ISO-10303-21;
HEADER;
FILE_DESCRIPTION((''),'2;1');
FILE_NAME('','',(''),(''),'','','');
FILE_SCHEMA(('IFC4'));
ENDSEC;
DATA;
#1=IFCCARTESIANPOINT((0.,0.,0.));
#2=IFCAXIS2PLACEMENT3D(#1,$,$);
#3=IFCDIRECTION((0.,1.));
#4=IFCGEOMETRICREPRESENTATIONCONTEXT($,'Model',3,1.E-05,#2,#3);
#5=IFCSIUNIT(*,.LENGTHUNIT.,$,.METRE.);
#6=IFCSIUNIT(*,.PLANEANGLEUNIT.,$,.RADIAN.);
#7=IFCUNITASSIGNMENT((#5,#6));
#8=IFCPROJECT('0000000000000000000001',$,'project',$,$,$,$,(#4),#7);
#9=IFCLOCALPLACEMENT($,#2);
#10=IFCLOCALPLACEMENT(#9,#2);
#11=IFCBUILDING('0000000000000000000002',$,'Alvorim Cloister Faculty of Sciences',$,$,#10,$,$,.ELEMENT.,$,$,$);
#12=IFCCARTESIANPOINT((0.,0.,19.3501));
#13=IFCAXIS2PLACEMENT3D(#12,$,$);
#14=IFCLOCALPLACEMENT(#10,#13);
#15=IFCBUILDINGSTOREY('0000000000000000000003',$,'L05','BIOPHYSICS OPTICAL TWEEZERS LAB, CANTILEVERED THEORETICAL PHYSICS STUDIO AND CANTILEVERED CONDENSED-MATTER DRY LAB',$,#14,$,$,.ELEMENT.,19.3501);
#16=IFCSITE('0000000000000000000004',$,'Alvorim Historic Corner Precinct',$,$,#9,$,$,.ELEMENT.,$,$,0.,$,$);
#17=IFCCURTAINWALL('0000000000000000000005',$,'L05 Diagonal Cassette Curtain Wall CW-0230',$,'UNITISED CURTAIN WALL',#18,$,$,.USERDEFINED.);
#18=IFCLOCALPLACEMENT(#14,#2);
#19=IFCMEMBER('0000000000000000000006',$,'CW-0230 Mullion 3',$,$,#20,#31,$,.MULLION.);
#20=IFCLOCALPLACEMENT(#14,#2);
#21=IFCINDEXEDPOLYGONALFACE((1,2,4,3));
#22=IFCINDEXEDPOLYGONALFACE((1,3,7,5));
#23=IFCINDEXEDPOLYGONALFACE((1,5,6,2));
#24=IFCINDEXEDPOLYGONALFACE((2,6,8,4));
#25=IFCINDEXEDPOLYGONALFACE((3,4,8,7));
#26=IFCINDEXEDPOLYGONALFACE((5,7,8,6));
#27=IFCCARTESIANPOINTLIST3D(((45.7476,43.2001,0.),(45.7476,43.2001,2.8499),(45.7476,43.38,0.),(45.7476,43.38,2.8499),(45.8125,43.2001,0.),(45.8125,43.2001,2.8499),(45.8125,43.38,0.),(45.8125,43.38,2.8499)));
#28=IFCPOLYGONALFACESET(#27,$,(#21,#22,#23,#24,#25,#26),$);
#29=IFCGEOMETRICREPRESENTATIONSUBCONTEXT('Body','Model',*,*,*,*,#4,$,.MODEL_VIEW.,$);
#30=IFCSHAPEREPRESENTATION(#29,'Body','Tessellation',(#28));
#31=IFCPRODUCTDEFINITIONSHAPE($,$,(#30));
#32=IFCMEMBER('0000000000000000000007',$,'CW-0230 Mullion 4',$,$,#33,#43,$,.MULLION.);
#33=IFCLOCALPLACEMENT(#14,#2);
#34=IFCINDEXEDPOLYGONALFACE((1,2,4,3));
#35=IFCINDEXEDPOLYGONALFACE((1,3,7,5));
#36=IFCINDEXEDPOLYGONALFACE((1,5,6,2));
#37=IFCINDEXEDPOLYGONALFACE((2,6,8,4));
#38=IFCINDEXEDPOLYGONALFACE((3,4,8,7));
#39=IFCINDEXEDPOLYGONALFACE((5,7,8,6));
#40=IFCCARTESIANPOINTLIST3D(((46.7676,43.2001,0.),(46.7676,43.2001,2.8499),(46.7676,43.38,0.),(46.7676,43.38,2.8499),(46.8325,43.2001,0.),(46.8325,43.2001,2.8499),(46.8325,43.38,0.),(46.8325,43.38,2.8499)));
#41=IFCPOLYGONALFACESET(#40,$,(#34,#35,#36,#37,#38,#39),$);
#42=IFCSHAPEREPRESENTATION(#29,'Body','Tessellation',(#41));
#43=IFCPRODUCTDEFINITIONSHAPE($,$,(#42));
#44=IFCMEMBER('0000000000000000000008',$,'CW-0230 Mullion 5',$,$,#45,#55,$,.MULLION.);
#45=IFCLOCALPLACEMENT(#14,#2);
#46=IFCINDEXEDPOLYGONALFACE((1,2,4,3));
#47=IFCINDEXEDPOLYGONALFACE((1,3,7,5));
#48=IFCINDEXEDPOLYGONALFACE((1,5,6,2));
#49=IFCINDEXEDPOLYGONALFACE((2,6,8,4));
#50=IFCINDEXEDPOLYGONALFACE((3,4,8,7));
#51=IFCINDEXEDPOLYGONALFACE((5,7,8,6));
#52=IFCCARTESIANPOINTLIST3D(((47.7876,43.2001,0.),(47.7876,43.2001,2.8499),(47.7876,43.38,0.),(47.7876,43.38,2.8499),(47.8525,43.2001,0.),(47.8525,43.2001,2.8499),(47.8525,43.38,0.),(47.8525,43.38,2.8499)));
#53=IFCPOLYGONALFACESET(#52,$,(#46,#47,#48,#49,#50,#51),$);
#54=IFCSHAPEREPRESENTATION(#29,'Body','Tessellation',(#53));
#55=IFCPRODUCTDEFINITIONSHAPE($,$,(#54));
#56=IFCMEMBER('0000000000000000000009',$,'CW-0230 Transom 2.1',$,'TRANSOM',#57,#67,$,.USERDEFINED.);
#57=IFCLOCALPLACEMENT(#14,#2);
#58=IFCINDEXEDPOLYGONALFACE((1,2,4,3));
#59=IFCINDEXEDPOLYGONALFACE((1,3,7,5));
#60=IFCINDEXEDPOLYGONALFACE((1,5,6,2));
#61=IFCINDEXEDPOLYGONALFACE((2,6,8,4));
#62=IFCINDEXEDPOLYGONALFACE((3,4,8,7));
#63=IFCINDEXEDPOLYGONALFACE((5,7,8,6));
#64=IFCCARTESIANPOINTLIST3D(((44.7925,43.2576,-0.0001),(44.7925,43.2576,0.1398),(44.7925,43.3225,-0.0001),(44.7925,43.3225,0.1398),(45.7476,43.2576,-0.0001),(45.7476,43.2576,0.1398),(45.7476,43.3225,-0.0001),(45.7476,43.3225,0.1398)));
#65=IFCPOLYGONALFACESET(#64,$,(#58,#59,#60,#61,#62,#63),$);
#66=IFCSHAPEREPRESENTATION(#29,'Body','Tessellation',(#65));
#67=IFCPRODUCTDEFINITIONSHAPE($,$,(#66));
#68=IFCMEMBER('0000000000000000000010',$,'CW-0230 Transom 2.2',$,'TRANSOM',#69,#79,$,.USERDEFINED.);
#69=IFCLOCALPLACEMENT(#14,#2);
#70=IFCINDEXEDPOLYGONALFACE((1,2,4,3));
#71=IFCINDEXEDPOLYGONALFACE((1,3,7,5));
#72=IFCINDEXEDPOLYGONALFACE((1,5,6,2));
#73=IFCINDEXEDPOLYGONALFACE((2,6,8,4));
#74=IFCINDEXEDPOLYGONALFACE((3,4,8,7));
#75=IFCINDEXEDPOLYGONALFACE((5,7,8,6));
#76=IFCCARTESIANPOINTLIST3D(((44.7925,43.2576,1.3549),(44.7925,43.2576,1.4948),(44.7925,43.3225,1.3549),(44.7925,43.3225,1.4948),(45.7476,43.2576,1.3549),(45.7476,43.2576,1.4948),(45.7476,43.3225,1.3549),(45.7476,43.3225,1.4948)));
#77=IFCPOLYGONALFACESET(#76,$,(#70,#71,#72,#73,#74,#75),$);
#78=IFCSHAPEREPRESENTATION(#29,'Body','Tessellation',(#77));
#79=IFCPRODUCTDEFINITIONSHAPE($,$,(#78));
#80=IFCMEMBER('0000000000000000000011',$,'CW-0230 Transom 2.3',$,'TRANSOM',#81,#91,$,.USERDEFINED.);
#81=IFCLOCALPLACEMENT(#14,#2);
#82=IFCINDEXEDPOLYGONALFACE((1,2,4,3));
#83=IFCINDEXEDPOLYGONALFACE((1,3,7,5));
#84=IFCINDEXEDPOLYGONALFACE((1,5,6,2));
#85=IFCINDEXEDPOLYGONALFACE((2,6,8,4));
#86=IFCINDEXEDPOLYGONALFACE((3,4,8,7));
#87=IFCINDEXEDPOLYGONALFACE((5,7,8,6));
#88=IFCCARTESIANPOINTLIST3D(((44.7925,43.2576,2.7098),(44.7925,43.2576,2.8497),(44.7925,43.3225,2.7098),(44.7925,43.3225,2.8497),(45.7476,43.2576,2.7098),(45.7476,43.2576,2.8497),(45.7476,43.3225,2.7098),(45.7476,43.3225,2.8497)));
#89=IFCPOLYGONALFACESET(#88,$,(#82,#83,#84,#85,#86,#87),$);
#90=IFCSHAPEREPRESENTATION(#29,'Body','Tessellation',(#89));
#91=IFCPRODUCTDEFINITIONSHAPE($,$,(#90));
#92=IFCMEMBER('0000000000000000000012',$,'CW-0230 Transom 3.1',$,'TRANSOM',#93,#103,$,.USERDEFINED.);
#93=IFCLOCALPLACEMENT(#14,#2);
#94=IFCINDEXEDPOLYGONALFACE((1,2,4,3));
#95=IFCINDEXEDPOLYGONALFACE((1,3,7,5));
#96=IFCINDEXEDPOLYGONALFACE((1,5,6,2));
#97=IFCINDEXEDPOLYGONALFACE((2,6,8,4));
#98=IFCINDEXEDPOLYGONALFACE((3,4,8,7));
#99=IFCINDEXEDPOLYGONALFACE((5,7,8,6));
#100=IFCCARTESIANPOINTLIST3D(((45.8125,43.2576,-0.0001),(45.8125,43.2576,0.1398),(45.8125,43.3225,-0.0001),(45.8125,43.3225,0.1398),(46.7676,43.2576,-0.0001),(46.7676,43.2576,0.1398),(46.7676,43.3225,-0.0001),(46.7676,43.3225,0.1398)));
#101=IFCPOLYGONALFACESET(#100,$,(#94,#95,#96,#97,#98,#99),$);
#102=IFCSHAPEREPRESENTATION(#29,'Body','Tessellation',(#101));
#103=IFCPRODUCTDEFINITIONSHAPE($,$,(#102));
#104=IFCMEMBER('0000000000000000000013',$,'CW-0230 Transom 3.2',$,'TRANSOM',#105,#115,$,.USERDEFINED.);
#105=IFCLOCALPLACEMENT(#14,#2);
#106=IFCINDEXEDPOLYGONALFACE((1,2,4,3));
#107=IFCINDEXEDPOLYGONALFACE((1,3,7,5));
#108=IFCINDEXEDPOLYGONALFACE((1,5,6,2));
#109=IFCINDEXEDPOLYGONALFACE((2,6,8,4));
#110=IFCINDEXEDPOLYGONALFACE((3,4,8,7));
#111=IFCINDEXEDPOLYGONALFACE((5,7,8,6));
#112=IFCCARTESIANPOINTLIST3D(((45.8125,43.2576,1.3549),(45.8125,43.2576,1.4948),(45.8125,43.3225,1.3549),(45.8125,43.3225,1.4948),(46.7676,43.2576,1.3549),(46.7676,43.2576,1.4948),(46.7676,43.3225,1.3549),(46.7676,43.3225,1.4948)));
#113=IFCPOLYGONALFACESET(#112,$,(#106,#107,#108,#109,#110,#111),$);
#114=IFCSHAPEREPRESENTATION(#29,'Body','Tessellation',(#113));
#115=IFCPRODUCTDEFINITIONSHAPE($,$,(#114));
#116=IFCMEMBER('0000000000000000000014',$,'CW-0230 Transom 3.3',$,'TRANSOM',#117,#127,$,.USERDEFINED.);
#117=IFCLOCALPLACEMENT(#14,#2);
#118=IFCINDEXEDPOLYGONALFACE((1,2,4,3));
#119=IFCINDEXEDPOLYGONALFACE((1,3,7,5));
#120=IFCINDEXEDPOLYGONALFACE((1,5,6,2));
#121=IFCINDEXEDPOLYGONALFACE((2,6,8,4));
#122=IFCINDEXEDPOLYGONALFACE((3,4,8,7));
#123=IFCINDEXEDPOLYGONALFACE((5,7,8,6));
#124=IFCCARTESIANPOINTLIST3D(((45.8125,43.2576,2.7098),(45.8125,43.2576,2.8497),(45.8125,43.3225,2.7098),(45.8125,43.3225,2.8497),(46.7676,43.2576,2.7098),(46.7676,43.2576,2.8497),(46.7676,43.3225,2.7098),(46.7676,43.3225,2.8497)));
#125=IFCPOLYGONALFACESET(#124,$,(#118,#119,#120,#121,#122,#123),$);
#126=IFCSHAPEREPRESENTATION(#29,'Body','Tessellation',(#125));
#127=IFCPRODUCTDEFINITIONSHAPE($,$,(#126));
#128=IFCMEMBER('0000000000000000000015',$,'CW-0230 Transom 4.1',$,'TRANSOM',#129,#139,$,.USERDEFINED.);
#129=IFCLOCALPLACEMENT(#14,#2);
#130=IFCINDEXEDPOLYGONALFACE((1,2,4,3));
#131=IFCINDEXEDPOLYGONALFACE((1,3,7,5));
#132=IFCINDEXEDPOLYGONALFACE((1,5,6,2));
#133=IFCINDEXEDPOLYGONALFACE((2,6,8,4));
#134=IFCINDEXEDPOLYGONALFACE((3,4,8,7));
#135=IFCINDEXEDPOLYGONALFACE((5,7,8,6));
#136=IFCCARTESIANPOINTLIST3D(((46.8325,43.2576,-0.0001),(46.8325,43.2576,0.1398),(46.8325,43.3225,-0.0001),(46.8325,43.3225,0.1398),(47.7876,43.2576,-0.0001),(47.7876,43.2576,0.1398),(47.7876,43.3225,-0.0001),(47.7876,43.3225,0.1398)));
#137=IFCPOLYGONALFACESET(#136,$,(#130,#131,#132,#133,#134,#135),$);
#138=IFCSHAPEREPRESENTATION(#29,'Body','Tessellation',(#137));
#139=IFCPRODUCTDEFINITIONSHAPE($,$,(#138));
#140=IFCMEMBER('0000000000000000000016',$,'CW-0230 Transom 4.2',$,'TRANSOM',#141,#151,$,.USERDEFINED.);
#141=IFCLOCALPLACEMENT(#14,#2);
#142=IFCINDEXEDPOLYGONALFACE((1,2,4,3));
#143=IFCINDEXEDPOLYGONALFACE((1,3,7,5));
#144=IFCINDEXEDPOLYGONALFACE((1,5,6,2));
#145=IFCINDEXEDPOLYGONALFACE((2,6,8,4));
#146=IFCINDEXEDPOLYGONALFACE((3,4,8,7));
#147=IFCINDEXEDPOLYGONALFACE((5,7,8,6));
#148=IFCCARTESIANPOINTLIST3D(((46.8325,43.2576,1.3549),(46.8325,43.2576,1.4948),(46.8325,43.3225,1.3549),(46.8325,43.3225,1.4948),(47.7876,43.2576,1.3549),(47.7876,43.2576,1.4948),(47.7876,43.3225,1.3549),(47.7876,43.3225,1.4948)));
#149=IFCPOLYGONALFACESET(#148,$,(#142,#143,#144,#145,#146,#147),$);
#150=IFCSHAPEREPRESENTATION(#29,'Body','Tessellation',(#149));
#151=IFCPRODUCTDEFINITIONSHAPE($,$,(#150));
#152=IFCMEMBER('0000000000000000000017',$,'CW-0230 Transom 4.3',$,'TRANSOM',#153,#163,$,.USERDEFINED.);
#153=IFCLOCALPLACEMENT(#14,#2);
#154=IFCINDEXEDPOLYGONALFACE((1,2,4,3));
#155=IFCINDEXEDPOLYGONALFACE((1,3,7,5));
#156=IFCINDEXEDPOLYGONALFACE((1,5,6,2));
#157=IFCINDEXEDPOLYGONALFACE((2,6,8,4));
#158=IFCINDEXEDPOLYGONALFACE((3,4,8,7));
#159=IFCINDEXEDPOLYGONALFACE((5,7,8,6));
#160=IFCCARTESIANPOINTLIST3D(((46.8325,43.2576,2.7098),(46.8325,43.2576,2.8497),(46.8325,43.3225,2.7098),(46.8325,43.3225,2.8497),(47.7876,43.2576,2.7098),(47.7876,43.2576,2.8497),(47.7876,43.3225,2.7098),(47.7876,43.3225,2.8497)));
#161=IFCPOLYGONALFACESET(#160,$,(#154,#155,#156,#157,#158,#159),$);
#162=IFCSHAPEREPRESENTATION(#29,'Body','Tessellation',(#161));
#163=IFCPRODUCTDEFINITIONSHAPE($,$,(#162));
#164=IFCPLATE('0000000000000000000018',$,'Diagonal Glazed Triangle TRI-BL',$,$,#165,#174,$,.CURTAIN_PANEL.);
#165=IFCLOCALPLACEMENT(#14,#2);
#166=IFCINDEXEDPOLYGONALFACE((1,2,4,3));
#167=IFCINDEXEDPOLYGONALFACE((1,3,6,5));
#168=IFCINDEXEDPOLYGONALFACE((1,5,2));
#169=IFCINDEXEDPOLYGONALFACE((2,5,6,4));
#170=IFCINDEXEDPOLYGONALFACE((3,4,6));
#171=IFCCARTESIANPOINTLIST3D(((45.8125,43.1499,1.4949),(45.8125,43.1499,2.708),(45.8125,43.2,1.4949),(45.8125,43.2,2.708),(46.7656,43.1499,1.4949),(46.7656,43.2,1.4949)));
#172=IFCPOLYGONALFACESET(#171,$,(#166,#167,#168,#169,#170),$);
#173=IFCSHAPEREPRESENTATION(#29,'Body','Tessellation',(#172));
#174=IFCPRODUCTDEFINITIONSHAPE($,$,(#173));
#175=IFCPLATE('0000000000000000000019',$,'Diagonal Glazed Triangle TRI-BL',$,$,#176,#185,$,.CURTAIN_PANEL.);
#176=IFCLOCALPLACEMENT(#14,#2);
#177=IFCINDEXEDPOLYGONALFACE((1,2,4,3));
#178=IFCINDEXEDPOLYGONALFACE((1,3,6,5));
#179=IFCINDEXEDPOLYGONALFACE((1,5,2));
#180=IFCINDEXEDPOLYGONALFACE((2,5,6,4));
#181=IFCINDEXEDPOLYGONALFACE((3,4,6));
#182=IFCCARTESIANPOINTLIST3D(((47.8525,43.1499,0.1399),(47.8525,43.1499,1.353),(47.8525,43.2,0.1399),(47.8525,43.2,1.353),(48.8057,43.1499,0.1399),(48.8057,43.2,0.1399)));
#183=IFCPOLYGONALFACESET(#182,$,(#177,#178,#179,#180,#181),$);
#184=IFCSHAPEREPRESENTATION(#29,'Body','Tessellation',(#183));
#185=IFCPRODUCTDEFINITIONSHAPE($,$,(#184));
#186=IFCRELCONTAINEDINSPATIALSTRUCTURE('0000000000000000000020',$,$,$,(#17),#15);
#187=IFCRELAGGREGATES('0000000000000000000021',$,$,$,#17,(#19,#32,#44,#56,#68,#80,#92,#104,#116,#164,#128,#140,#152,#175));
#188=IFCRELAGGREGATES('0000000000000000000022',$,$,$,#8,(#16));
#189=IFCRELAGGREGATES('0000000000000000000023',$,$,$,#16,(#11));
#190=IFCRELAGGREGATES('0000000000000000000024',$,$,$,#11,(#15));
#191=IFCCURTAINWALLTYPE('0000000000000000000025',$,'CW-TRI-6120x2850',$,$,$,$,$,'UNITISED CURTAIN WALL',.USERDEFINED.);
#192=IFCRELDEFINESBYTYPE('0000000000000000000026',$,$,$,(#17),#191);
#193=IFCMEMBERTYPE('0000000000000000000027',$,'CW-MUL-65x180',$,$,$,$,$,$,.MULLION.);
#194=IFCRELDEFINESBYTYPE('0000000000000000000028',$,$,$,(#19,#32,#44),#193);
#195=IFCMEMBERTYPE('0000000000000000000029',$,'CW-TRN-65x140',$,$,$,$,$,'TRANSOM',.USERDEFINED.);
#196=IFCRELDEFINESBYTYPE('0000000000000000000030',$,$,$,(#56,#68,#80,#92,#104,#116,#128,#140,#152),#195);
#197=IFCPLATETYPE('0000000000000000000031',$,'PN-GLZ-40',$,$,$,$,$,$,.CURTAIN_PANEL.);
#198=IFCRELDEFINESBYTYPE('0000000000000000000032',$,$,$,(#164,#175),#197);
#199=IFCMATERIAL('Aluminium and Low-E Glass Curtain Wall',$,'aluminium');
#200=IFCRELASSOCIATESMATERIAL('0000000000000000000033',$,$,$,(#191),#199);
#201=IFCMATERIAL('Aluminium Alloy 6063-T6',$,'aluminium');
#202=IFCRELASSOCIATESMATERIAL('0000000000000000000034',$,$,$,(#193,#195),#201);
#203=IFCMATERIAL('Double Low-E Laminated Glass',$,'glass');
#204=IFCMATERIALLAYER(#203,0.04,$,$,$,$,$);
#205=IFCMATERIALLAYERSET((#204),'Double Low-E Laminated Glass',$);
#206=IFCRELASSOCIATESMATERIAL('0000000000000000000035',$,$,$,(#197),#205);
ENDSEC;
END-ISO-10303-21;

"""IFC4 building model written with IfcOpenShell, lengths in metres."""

from ifc_helpers import new_model, si_unit, direction, frame, origin, origin_2d, place, context, subcontext, project, spatial, polyline, rectangle, outline, extrude, material, layer, layer_set, material_profile, profile_set, type_object, element, aggregate, save


model = new_model("IFC4")

# Units and contexts
model_context = context("Model", 3, precision=1e-05, world=origin(), true_north=direction((0.0, 1.0)))
body_context = subcontext(model_context, "Body", "Model", "MODEL_VIEW")
ifc_project = project(units=[si_unit("LENGTHUNIT", "METRE"), si_unit("PLANEANGLEUNIT", "RADIAN")], contexts=[model_context])

# Site, building, storey
site_placement = place(None, origin())
site = spatial("IfcSite", under=ifc_project, at=site_placement, Name="Alvorim Historic Corner Precinct", CompositionType="ELEMENT", RefElevation=0.0)
building_placement = place(site_placement, origin())
building = spatial("IfcBuilding", under=site, at=building_placement, Name="Alvorim Cloister Faculty of Sciences", CompositionType="ELEMENT")
storey_placement = place(building_placement, frame((0.0, 0.0, 19.3501)))
storey = spatial("IfcBuildingStorey", under=building, at=storey_placement, Name="L05", Description="BIOPHYSICS OPTICAL TWEEZERS LAB, CANTILEVERED THEORETICAL PHYSICS STUDIO AND CANTILEVERED CONDENSED-MATTER DRY LAB", CompositionType="ELEMENT", Elevation=19.3501)

# Curtain wall, members, plates
ifc_material_1 = material(Name="Aluminium and Low-E Glass Curtain Wall", Category="aluminium")
curtain_wall_type = type_object("IfcCurtainWallType", Name="CW-TRI-6120x2850", ElementType="UNITISED CURTAIN WALL", PredefinedType="USERDEFINED", material=ifc_material_1)
curtain_wall_placement = place(storey_placement, origin())
curtain_wall = element("IfcCurtainWall", 1, at=curtain_wall_placement, inside=storey, type_object=curtain_wall_type, Name="L05 Diagonal Cassette Curtain Wall CW-0230", ObjectType="UNITISED CURTAIN WALL", PredefinedType="USERDEFINED")
ifc_material_2 = material(Name="Aluminium Alloy 6063-T6", Category="aluminium")
ifc_material_profile_1 = material_profile(ifc_material_2, rectangle(XDim=0.0649, YDim=0.1799, at=origin_2d()), Name="ALU-MUL-65x180")
ifc_profile_set_1 = profile_set([ifc_material_profile_1], Name="Aluminium Alloy 6063-T6")
member_type_1 = type_object("IfcMemberType", Name="CW-MUL-65x180", PredefinedType="MULLION", material=ifc_profile_set_1)
member_1_placement = place(storey_placement, frame((45.78, 43.29, 0.0), z_axis=(0.0, 0.0, 1.0), x_axis=(1.0, 0.0, 0.0)))
member_1 = element("IfcMember", 2, at=member_1_placement, type_object=member_type_1, Name="CW-0230 Mullion 3", PredefinedType="MULLION", context=body_context, shape_type="SweptSolid", body=[
    extrude(rectangle(XDim=0.0649, YDim=0.1799, at=origin_2d()), origin(), (0.0, 0.0, 1.0), 2.8499),
])
member_2_placement = place(storey_placement, frame((46.8, 43.29, 0.0), z_axis=(0.0, 0.0, 1.0), x_axis=(1.0, 0.0, 0.0)))
member_2 = element("IfcMember", 3, at=member_2_placement, type_object=member_type_1, Name="CW-0230 Mullion 4", PredefinedType="MULLION", context=body_context, shape_type="SweptSolid", body=[
    extrude(rectangle(XDim=0.0649, YDim=0.1799, at=origin_2d()), origin(), (0.0, 0.0, 1.0), 2.8499),
])
member_3_placement = place(storey_placement, frame((47.8201, 43.29, 0.0), z_axis=(0.0, 0.0, 1.0), x_axis=(1.0, 0.0, 0.0)))
member_3 = element("IfcMember", 4, at=member_3_placement, type_object=member_type_1, Name="CW-0230 Mullion 5", PredefinedType="MULLION", context=body_context, shape_type="SweptSolid", body=[
    extrude(rectangle(XDim=0.0649, YDim=0.1799, at=origin_2d()), origin(), (0.0, 0.0, 1.0), 2.8499),
])
ifc_material_profile_2 = material_profile(ifc_material_2, rectangle(XDim=0.0649, YDim=0.1399, at=origin_2d()), Name="ALU-TRN-65x140")
ifc_profile_set_2 = profile_set([ifc_material_profile_2], Name="Aluminium Alloy 6063-T6")
member_type_2 = type_object("IfcMemberType", Name="CW-TRN-65x140", ElementType="TRANSOM", PredefinedType="USERDEFINED", material=ifc_profile_set_2)
member_4_placement = place(storey_placement, frame((44.7925, 43.29, 0.0698), z_axis=(1.0, 0.0, 0.0), x_axis=(0.0, 1.0, 0.0)))
member_4 = element("IfcMember", 5, at=member_4_placement, type_object=member_type_2, Name="CW-0230 Transom 2.1", ObjectType="TRANSOM", PredefinedType="USERDEFINED", context=body_context, shape_type="SweptSolid", body=[
    extrude(rectangle(XDim=0.0649, YDim=0.1399, at=origin_2d()), origin(), (0.0, 0.0, 1.0), 0.9551),
])
member_5_placement = place(storey_placement, frame((44.7925, 43.29, 1.4248), z_axis=(1.0, 0.0, 0.0), x_axis=(0.0, 1.0, 0.0)))
member_5 = element("IfcMember", 6, at=member_5_placement, type_object=member_type_2, Name="CW-0230 Transom 2.2", ObjectType="TRANSOM", PredefinedType="USERDEFINED", context=body_context, shape_type="SweptSolid", body=[
    extrude(rectangle(XDim=0.0649, YDim=0.1399, at=origin_2d()), origin(), (0.0, 0.0, 1.0), 0.9551),
])
member_6_placement = place(storey_placement, frame((44.7925, 43.29, 2.7798), z_axis=(1.0, 0.0, 0.0), x_axis=(0.0, 1.0, 0.0)))
member_6 = element("IfcMember", 7, at=member_6_placement, type_object=member_type_2, Name="CW-0230 Transom 2.3", ObjectType="TRANSOM", PredefinedType="USERDEFINED", context=body_context, shape_type="SweptSolid", body=[
    extrude(rectangle(XDim=0.0649, YDim=0.1399, at=origin_2d()), origin(), (0.0, 0.0, 1.0), 0.9551),
])
member_7_placement = place(storey_placement, frame((45.8125, 43.29, 0.0698), z_axis=(1.0, 0.0, 0.0), x_axis=(0.0, 1.0, 0.0)))
member_7 = element("IfcMember", 8, at=member_7_placement, type_object=member_type_2, Name="CW-0230 Transom 3.1", ObjectType="TRANSOM", PredefinedType="USERDEFINED", context=body_context, shape_type="SweptSolid", body=[
    extrude(rectangle(XDim=0.0649, YDim=0.1399, at=origin_2d()), origin(), (0.0, 0.0, 1.0), 0.9551),
])
member_8_placement = place(storey_placement, frame((45.8125, 43.29, 1.4248), z_axis=(1.0, 0.0, 0.0), x_axis=(0.0, 1.0, 0.0)))
member_8 = element("IfcMember", 9, at=member_8_placement, type_object=member_type_2, Name="CW-0230 Transom 3.2", ObjectType="TRANSOM", PredefinedType="USERDEFINED", context=body_context, shape_type="SweptSolid", body=[
    extrude(rectangle(XDim=0.0649, YDim=0.1399, at=origin_2d()), origin(), (0.0, 0.0, 1.0), 0.9551),
])
member_9_placement = place(storey_placement, frame((45.8125, 43.29, 2.7798), z_axis=(1.0, 0.0, 0.0), x_axis=(0.0, 1.0, 0.0)))
member_9 = element("IfcMember", 10, at=member_9_placement, type_object=member_type_2, Name="CW-0230 Transom 3.3", ObjectType="TRANSOM", PredefinedType="USERDEFINED", context=body_context, shape_type="SweptSolid", body=[
    extrude(rectangle(XDim=0.0649, YDim=0.1399, at=origin_2d()), origin(), (0.0, 0.0, 1.0), 0.9551),
])
member_10_placement = place(storey_placement, frame((46.8325, 43.29, 0.0698), z_axis=(1.0, 0.0, 0.0), x_axis=(0.0, 1.0, 0.0)))
member_10 = element("IfcMember", 11, at=member_10_placement, type_object=member_type_2, Name="CW-0230 Transom 4.1", ObjectType="TRANSOM", PredefinedType="USERDEFINED", context=body_context, shape_type="SweptSolid", body=[
    extrude(rectangle(XDim=0.0649, YDim=0.1399, at=origin_2d()), origin(), (0.0, 0.0, 1.0), 0.9551),
])
member_11_placement = place(storey_placement, frame((46.8325, 43.29, 1.4248), z_axis=(1.0, 0.0, 0.0), x_axis=(0.0, 1.0, 0.0)))
member_11 = element("IfcMember", 12, at=member_11_placement, type_object=member_type_2, Name="CW-0230 Transom 4.2", ObjectType="TRANSOM", PredefinedType="USERDEFINED", context=body_context, shape_type="SweptSolid", body=[
    extrude(rectangle(XDim=0.0649, YDim=0.1399, at=origin_2d()), origin(), (0.0, 0.0, 1.0), 0.9551),
])
member_12_placement = place(storey_placement, frame((46.8325, 43.29, 2.7798), z_axis=(1.0, 0.0, 0.0), x_axis=(0.0, 1.0, 0.0)))
member_12 = element("IfcMember", 13, at=member_12_placement, type_object=member_type_2, Name="CW-0230 Transom 4.3", ObjectType="TRANSOM", PredefinedType="USERDEFINED", context=body_context, shape_type="SweptSolid", body=[
    extrude(rectangle(XDim=0.0649, YDim=0.1399, at=origin_2d()), origin(), (0.0, 0.0, 1.0), 0.9551),
])
ifc_material_3 = material(Name="Double Low-E Laminated Glass", Category="glass")
ifc_layer = layer(ifc_material_3, 0.04)
ifc_layer_set = layer_set([ifc_layer], Name="Double Low-E Laminated Glass")
plate_type = type_object("IfcPlateType", Name="PN-GLZ-40", PredefinedType="CURTAIN_PANEL", material=ifc_layer_set)
plate_1_placement = place(storey_placement, frame((45.8125, 43.175, 1.4949), z_axis=(0.0, 0.0, 1.0), x_axis=(1.0, 0.0, 0.0)))
plate_1 = element("IfcPlate", 14, at=plate_1_placement, type_object=plate_type, Name="Diagonal Glazed Triangle TRI-BL", PredefinedType="CURTAIN_PANEL", context=body_context, shape_type="SweptSolid", body=[
    extrude(outline(polyline([(0.0, 0.0), (0.9531, 0.0), (0.0, 1.2131), (0.0, 0.0)])), frame((0.0, 0.0249, 0.0), z_axis=(0.0, -1.0, 0.0), x_axis=(1.0, 0.0, 0.0)), (0.0, 0.0, 1.0), 0.05),
])
plate_2_placement = place(storey_placement, frame((47.8525, 43.175, 0.1399), z_axis=(0.0, 0.0, 1.0), x_axis=(1.0, 0.0, 0.0)))
plate_2 = element("IfcPlate", 15, at=plate_2_placement, type_object=plate_type, Name="Diagonal Glazed Triangle TRI-BL", PredefinedType="CURTAIN_PANEL", context=body_context, shape_type="SweptSolid", body=[
    extrude(outline(polyline([(0.0, 0.0), (0.9531, 0.0), (0.0, 1.2131), (0.0, 0.0)])), frame((0.0, 0.0249, 0.0), z_axis=(0.0, -1.0, 0.0), x_axis=(1.0, 0.0, 0.0)), (0.0, 0.0, 1.0), 0.05),
])
aggregate(curtain_wall, [member_1, member_2, member_3, member_4, member_5, member_6, member_7, member_8, member_9, plate_1, member_10, member_11, member_12, plate_2])

save(model, "model.ifc")
